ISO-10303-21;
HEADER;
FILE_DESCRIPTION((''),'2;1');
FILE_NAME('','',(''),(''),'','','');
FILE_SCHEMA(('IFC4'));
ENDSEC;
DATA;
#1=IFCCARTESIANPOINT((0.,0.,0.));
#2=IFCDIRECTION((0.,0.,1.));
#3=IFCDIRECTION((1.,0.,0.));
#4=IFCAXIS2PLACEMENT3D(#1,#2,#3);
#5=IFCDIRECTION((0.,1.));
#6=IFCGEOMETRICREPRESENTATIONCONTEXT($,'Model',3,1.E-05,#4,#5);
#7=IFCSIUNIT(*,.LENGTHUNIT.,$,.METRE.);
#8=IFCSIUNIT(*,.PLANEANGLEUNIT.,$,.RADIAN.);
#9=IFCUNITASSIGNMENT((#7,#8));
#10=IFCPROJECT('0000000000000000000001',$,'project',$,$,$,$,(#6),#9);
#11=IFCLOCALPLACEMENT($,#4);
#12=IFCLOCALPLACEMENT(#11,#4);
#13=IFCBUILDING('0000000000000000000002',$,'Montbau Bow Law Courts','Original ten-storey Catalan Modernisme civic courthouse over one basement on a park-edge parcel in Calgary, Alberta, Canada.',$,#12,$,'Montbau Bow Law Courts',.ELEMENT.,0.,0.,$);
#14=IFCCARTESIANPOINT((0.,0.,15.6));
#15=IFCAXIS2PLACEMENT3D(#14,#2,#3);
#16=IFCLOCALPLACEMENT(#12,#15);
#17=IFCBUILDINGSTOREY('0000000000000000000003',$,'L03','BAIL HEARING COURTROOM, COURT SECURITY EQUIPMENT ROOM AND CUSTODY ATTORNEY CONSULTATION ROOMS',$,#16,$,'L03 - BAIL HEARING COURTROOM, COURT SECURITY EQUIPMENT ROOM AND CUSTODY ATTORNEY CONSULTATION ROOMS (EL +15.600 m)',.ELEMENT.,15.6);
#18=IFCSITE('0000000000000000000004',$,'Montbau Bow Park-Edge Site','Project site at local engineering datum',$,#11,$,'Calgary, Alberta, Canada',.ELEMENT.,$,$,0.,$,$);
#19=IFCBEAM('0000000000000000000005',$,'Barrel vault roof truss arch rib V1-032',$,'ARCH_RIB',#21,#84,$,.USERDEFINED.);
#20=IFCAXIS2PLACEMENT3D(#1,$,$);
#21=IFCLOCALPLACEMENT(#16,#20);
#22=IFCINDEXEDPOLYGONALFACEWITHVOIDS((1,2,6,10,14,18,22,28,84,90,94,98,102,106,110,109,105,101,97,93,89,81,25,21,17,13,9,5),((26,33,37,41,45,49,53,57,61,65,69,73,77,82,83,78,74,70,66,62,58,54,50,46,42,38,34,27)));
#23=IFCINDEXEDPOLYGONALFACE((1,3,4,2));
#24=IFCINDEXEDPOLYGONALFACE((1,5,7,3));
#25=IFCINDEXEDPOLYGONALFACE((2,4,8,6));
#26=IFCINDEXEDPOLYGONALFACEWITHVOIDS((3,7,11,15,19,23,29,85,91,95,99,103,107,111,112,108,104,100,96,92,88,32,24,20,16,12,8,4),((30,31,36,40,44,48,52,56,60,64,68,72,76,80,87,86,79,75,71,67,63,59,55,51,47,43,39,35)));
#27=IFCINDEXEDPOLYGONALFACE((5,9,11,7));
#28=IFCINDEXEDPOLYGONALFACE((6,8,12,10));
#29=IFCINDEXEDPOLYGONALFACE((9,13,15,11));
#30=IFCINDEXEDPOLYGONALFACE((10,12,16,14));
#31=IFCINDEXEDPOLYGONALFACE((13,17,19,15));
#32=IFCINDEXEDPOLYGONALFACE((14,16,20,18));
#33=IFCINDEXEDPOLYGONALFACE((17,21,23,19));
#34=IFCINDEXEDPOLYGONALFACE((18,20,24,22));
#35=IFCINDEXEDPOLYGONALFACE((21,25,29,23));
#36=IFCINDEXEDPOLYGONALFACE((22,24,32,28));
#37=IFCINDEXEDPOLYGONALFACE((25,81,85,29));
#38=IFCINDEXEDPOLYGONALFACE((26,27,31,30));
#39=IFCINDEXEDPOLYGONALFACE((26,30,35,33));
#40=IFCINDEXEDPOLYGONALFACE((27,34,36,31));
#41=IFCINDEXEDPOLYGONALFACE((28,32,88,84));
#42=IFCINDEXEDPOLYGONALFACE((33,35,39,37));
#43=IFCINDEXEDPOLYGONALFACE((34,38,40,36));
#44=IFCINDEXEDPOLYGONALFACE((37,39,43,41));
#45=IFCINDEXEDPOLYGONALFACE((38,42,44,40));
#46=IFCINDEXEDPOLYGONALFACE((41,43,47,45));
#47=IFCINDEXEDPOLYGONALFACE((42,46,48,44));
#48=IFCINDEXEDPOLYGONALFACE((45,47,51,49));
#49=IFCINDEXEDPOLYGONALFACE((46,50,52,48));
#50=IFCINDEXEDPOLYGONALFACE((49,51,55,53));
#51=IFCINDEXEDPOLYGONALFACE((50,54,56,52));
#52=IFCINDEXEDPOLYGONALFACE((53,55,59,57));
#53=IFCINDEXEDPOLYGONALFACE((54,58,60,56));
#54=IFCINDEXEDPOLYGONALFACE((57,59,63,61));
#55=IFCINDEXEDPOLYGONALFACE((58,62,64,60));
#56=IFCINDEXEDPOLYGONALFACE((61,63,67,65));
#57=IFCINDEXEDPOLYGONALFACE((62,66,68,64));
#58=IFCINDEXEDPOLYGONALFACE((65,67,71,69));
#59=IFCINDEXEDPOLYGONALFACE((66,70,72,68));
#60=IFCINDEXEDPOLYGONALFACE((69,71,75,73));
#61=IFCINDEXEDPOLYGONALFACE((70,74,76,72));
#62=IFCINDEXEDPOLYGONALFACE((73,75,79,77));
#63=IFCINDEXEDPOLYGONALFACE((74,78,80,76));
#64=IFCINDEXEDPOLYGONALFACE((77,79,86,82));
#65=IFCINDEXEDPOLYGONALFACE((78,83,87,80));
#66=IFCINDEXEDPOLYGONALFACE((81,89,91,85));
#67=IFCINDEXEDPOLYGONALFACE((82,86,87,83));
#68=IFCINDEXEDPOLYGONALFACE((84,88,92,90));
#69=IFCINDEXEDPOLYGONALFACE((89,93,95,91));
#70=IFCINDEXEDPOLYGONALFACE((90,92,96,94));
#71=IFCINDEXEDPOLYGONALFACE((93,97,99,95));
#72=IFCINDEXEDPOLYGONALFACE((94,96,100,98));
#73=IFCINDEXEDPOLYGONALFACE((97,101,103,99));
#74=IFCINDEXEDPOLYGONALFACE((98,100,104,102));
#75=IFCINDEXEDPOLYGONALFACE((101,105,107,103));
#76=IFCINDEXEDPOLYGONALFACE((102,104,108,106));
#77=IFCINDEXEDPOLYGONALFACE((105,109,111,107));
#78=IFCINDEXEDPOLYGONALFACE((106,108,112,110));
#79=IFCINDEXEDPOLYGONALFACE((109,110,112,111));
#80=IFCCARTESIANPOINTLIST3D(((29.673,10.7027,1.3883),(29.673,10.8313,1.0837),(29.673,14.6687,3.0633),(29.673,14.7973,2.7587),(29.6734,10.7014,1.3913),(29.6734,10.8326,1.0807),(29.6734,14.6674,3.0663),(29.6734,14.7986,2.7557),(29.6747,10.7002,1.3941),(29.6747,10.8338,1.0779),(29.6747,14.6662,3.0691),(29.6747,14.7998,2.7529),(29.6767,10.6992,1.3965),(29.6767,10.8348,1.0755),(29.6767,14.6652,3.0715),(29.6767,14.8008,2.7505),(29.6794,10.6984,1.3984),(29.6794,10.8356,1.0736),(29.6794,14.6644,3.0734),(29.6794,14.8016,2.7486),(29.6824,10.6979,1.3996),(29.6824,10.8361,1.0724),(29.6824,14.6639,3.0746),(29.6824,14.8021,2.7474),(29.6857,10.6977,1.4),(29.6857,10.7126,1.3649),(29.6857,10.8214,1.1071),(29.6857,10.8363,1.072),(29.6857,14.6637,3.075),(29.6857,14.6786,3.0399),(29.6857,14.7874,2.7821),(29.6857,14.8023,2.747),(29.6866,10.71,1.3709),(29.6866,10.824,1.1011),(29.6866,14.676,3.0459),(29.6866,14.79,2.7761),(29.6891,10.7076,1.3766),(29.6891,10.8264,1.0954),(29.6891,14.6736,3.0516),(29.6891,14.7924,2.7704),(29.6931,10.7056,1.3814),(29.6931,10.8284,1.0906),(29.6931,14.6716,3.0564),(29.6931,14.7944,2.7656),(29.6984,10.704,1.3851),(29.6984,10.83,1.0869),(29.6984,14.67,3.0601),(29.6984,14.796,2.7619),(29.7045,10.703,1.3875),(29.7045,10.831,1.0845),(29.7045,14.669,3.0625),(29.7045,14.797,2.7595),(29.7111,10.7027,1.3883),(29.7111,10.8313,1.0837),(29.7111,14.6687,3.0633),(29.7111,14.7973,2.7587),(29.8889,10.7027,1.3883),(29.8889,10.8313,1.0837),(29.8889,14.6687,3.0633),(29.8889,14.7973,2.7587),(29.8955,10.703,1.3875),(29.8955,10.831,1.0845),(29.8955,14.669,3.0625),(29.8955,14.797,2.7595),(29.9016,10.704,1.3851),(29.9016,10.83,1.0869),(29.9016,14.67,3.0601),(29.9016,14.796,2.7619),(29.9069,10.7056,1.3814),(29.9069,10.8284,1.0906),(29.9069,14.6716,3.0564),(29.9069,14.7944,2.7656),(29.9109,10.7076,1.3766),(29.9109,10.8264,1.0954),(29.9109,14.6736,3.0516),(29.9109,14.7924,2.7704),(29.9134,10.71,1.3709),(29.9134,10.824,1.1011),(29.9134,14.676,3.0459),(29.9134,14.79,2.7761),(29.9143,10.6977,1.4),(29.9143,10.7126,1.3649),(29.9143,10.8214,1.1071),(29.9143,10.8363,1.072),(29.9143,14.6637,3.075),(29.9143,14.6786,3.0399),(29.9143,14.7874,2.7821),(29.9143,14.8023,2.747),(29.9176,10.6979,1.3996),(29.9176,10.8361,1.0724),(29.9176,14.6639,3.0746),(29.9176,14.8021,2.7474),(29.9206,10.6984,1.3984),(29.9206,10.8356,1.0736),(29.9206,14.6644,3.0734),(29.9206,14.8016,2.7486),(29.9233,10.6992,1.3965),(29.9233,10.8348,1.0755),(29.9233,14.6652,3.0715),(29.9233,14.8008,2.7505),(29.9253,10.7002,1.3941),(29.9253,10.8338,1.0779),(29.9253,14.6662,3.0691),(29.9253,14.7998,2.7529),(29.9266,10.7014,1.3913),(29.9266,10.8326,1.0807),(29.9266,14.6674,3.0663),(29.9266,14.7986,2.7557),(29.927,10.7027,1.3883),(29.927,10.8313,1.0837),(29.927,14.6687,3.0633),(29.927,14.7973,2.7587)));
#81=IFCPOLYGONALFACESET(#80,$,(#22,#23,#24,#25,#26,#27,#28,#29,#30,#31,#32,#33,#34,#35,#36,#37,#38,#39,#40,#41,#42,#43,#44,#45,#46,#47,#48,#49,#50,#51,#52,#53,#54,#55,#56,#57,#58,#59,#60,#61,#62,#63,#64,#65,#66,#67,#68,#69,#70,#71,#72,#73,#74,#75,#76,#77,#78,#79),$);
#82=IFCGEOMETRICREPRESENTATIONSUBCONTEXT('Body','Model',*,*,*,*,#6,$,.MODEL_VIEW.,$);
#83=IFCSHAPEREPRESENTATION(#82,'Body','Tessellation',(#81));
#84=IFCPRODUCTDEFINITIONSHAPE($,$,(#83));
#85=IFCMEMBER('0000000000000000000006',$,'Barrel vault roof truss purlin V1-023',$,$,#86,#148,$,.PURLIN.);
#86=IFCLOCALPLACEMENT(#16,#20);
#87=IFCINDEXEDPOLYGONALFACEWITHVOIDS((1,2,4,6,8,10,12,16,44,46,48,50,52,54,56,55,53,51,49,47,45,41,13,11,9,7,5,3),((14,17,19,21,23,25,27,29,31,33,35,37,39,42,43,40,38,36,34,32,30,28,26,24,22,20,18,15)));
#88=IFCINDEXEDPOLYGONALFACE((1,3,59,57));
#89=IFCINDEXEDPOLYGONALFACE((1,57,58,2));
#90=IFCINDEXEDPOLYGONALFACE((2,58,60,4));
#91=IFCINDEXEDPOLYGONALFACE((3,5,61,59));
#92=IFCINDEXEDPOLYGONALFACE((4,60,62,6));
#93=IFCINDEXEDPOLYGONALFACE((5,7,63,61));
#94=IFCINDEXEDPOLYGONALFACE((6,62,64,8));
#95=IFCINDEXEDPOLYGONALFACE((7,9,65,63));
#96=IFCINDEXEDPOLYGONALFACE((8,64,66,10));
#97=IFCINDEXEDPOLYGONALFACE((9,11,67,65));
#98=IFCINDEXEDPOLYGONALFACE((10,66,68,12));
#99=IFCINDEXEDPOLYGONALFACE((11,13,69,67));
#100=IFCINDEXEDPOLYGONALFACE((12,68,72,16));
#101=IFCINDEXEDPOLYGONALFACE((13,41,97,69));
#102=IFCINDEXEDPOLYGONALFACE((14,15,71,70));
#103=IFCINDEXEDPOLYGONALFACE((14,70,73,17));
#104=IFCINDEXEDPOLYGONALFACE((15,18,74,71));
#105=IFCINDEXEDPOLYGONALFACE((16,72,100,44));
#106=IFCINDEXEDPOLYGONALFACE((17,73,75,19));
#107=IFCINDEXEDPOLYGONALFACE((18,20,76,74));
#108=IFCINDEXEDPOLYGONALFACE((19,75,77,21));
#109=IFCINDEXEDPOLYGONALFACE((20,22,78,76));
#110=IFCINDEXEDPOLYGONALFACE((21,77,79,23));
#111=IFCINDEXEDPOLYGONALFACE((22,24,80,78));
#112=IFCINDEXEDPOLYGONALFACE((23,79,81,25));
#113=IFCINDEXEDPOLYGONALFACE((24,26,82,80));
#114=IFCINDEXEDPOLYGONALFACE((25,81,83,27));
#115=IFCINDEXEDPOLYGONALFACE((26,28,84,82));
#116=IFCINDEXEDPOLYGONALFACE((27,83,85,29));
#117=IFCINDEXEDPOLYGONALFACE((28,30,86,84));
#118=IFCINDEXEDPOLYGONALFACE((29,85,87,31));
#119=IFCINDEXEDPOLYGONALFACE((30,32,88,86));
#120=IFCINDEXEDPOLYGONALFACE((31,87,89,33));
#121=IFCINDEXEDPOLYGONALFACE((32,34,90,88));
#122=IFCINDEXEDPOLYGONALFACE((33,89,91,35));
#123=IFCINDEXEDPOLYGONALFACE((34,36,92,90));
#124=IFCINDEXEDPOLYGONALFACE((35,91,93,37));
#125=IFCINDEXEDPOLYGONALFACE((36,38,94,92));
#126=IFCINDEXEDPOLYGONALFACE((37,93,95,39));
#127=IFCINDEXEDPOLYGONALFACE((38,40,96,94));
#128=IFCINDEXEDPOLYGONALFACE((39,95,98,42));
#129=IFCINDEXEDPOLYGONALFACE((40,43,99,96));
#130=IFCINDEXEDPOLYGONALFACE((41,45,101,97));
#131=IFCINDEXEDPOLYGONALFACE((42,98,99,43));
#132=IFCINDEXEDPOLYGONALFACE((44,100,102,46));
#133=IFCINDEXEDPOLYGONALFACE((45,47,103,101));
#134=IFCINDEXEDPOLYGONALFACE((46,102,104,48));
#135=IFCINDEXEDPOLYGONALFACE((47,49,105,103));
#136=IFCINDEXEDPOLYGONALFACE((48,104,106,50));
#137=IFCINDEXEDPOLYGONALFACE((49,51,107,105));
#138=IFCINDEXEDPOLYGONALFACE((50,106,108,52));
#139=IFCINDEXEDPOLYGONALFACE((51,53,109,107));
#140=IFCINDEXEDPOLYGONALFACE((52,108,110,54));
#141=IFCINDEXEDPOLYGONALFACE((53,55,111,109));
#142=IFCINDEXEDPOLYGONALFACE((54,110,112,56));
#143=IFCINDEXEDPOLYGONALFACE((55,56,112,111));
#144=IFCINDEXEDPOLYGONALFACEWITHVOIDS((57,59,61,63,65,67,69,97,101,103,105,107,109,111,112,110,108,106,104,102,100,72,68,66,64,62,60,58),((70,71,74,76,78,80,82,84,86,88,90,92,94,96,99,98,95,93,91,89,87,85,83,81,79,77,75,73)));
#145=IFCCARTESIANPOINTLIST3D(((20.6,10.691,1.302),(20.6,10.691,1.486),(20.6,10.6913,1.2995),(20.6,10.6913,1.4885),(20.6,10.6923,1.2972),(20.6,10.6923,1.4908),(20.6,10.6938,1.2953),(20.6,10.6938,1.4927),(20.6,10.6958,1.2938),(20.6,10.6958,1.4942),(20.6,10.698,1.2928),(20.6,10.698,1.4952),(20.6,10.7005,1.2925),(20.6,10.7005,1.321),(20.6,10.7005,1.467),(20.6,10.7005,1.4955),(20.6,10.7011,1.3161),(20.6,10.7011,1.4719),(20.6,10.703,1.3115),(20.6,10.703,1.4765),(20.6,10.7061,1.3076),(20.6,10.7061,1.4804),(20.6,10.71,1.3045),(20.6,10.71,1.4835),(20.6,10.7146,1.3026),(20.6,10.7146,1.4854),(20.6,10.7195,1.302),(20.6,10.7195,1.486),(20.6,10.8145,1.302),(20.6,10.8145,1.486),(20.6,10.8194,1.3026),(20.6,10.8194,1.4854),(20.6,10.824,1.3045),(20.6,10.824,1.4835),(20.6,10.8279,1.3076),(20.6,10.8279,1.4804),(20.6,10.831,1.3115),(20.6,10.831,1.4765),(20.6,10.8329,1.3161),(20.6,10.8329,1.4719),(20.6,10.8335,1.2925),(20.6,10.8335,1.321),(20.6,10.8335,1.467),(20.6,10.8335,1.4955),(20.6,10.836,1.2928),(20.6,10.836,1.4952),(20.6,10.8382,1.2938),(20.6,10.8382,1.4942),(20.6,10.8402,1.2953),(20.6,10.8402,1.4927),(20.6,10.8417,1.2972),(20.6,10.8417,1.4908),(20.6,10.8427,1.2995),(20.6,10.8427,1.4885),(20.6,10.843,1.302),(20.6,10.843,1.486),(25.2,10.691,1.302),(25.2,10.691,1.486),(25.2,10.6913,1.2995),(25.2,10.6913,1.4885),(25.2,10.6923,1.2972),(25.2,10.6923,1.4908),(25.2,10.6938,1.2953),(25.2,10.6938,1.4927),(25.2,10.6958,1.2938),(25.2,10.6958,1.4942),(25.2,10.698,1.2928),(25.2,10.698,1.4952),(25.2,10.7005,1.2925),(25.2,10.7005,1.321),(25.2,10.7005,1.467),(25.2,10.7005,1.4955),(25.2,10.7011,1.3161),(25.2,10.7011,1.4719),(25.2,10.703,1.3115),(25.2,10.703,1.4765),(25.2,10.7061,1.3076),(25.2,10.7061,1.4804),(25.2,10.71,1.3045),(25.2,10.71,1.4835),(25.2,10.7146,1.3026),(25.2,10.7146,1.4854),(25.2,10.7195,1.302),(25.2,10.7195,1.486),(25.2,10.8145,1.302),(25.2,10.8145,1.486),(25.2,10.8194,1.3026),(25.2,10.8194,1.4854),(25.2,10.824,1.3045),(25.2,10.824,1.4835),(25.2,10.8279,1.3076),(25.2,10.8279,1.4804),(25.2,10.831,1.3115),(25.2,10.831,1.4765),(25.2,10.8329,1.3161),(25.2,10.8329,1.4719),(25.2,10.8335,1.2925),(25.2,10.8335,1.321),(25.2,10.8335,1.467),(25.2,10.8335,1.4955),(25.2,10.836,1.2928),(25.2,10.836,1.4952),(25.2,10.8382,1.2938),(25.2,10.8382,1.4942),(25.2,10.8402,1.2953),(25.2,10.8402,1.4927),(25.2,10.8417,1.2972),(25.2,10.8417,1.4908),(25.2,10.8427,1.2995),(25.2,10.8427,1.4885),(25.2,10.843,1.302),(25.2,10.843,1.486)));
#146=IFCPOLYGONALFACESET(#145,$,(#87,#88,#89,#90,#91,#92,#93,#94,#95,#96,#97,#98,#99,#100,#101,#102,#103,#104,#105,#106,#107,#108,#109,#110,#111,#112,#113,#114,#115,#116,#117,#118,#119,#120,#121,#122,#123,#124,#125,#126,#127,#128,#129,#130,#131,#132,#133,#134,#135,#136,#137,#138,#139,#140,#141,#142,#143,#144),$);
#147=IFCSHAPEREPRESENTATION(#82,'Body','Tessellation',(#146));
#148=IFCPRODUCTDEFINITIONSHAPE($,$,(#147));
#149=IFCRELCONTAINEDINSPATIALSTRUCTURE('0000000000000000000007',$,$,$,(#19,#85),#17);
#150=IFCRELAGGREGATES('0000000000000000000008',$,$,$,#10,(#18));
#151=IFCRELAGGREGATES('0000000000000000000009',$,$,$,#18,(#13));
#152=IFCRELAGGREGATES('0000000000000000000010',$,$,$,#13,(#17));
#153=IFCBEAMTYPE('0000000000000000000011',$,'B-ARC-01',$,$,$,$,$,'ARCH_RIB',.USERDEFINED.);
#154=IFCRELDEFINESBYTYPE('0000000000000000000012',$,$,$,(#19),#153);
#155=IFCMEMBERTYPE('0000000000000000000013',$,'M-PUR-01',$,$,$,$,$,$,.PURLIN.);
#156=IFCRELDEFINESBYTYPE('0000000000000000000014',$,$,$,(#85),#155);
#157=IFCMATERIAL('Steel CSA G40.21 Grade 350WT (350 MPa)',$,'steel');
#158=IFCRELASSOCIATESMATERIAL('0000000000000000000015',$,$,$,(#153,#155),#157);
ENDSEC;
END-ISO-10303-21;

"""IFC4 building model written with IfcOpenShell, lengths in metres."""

from ifc_helpers import new_model, si_unit, direction, frame, origin_with_axes, origin_2d_with_axis, place, context, subcontext, project, spatial, hollow_rectangle, extrude, material, material_profile, profile_set, type_object, element, save


model = new_model("IFC4")

# Units and contexts
model_context = context("Model", 3, precision=1e-05, world=origin_with_axes(), true_north=direction((0.0, 1.0)))
body_context = subcontext(model_context, "Body", "Model", "MODEL_VIEW")
ifc_project = project(units=[si_unit("LENGTHUNIT", "METRE"), si_unit("PLANEANGLEUNIT", "RADIAN")], contexts=[model_context])

# Site, building, storey
site_placement = place(None, origin_with_axes())
site = spatial("IfcSite", under=ifc_project, at=site_placement, Name="Montbau Bow Park-Edge Site", Description="Project site at local engineering datum", LongName="Calgary, Alberta, Canada", CompositionType="ELEMENT", RefElevation=0.0)
building_placement = place(site_placement, origin_with_axes())
building = spatial("IfcBuilding", under=site, at=building_placement, Name="Montbau Bow Law Courts", Description="Original ten-storey Catalan Modernisme civic courthouse over one basement on a park-edge parcel in Calgary, Alberta, Canada.", LongName="Montbau Bow Law Courts", CompositionType="ELEMENT", ElevationOfRefHeight=0.0, ElevationOfTerrain=0.0)
storey_placement = place(building_placement, frame((0.0, 0.0, 15.6), z_axis=(0.0, 0.0, 1.0), x_axis=(1.0, 0.0, 0.0)))
storey = spatial("IfcBuildingStorey", under=building, at=storey_placement, Name="L03", Description="BAIL HEARING COURTROOM, COURT SECURITY EQUIPMENT ROOM AND CUSTODY ATTORNEY CONSULTATION ROOMS", LongName="L03 - BAIL HEARING COURTROOM, COURT SECURITY EQUIPMENT ROOM AND CUSTODY ATTORNEY CONSULTATION ROOMS (EL +15.600 m)", CompositionType="ELEMENT", Elevation=15.6)

# Beam
ifc_material_1 = material(Name="Steel CSA G40.21 Grade 350WT (350 MPa)", Category="steel")
ifc_material_profile_1 = material_profile(ifc_material_1, hollow_rectangle(XDim=0.254, YDim=0.356, WallThickness=0.0127, InnerFilletRadius=0.0254, OuterFilletRadius=0.0127, at=origin_2d_with_axis()), Name="HSS356X254X13", Category="Main", Priority=0)
ifc_profile_set_1 = profile_set([ifc_material_profile_1], Name="Steel CSA G40.21 Grade 350WT (350 MPa)")
beam_type = type_object("IfcBeamType", Name="B-ARC-01", ElementType="ARCH_RIB", PredefinedType="USERDEFINED", material=ifc_profile_set_1)
for number, where, z_axis, x_axis, name in (
    (1, (29.8, 10.767, 16.836), (0.0, 0.921211, 0.389064), (-1.0, 0.0, 0.0), "Barrel vault roof truss arch rib V1-032"),
):
    element("IfcBeam", number, at=place(None, frame(where, z_axis=z_axis, x_axis=x_axis)), inside=storey, type_object=beam_type, Name=name, ObjectType="ARCH_RIB", PredefinedType="USERDEFINED", context=body_context, shape_type="SweptSolid", body=[
        extrude(hollow_rectangle(XDim=0.254, YDim=0.356, WallThickness=0.0127, InnerFilletRadius=0.0254, OuterFilletRadius=0.0127, at=origin_2d_with_axis()), origin_with_axes(), (0.0, 0.0, 1.0), 4.3052),
    ])

# Member
ifc_material_profile_2 = material_profile(ifc_material_1, hollow_rectangle(XDim=0.152, YDim=0.203, WallThickness=0.0095, InnerFilletRadius=0.019, OuterFilletRadius=0.0095, at=origin_2d_with_axis()), Name="HSS203X152X9.5", Category="Main", Priority=0)
ifc_profile_set_2 = profile_set([ifc_material_profile_2], Name="Steel CSA G40.21 Grade 350WT (350 MPa)")
member_type = type_object("IfcMemberType", Name="M-PUR-01", PredefinedType="PURLIN", material=ifc_profile_set_2)
for number, where, z_axis, x_axis, name in (
    (2, (20.6, 10.767, 16.994), (1.0, 0.0, 0.0), (0.0, 1.0, 0.0), "Barrel vault roof truss purlin V1-023"),
):
    element("IfcMember", number, at=place(None, frame(where, z_axis=z_axis, x_axis=x_axis)), inside=storey, type_object=member_type, Name=name, PredefinedType="PURLIN", context=body_context, shape_type="SweptSolid", body=[
        extrude(hollow_rectangle(XDim=0.152, YDim=0.203, WallThickness=0.0095, InnerFilletRadius=0.019, OuterFilletRadius=0.0095, at=origin_2d_with_axis()), origin_with_axes(), (0.0, 0.0, 1.0), 4.6),
    ])

save(model, "model.ifc")
